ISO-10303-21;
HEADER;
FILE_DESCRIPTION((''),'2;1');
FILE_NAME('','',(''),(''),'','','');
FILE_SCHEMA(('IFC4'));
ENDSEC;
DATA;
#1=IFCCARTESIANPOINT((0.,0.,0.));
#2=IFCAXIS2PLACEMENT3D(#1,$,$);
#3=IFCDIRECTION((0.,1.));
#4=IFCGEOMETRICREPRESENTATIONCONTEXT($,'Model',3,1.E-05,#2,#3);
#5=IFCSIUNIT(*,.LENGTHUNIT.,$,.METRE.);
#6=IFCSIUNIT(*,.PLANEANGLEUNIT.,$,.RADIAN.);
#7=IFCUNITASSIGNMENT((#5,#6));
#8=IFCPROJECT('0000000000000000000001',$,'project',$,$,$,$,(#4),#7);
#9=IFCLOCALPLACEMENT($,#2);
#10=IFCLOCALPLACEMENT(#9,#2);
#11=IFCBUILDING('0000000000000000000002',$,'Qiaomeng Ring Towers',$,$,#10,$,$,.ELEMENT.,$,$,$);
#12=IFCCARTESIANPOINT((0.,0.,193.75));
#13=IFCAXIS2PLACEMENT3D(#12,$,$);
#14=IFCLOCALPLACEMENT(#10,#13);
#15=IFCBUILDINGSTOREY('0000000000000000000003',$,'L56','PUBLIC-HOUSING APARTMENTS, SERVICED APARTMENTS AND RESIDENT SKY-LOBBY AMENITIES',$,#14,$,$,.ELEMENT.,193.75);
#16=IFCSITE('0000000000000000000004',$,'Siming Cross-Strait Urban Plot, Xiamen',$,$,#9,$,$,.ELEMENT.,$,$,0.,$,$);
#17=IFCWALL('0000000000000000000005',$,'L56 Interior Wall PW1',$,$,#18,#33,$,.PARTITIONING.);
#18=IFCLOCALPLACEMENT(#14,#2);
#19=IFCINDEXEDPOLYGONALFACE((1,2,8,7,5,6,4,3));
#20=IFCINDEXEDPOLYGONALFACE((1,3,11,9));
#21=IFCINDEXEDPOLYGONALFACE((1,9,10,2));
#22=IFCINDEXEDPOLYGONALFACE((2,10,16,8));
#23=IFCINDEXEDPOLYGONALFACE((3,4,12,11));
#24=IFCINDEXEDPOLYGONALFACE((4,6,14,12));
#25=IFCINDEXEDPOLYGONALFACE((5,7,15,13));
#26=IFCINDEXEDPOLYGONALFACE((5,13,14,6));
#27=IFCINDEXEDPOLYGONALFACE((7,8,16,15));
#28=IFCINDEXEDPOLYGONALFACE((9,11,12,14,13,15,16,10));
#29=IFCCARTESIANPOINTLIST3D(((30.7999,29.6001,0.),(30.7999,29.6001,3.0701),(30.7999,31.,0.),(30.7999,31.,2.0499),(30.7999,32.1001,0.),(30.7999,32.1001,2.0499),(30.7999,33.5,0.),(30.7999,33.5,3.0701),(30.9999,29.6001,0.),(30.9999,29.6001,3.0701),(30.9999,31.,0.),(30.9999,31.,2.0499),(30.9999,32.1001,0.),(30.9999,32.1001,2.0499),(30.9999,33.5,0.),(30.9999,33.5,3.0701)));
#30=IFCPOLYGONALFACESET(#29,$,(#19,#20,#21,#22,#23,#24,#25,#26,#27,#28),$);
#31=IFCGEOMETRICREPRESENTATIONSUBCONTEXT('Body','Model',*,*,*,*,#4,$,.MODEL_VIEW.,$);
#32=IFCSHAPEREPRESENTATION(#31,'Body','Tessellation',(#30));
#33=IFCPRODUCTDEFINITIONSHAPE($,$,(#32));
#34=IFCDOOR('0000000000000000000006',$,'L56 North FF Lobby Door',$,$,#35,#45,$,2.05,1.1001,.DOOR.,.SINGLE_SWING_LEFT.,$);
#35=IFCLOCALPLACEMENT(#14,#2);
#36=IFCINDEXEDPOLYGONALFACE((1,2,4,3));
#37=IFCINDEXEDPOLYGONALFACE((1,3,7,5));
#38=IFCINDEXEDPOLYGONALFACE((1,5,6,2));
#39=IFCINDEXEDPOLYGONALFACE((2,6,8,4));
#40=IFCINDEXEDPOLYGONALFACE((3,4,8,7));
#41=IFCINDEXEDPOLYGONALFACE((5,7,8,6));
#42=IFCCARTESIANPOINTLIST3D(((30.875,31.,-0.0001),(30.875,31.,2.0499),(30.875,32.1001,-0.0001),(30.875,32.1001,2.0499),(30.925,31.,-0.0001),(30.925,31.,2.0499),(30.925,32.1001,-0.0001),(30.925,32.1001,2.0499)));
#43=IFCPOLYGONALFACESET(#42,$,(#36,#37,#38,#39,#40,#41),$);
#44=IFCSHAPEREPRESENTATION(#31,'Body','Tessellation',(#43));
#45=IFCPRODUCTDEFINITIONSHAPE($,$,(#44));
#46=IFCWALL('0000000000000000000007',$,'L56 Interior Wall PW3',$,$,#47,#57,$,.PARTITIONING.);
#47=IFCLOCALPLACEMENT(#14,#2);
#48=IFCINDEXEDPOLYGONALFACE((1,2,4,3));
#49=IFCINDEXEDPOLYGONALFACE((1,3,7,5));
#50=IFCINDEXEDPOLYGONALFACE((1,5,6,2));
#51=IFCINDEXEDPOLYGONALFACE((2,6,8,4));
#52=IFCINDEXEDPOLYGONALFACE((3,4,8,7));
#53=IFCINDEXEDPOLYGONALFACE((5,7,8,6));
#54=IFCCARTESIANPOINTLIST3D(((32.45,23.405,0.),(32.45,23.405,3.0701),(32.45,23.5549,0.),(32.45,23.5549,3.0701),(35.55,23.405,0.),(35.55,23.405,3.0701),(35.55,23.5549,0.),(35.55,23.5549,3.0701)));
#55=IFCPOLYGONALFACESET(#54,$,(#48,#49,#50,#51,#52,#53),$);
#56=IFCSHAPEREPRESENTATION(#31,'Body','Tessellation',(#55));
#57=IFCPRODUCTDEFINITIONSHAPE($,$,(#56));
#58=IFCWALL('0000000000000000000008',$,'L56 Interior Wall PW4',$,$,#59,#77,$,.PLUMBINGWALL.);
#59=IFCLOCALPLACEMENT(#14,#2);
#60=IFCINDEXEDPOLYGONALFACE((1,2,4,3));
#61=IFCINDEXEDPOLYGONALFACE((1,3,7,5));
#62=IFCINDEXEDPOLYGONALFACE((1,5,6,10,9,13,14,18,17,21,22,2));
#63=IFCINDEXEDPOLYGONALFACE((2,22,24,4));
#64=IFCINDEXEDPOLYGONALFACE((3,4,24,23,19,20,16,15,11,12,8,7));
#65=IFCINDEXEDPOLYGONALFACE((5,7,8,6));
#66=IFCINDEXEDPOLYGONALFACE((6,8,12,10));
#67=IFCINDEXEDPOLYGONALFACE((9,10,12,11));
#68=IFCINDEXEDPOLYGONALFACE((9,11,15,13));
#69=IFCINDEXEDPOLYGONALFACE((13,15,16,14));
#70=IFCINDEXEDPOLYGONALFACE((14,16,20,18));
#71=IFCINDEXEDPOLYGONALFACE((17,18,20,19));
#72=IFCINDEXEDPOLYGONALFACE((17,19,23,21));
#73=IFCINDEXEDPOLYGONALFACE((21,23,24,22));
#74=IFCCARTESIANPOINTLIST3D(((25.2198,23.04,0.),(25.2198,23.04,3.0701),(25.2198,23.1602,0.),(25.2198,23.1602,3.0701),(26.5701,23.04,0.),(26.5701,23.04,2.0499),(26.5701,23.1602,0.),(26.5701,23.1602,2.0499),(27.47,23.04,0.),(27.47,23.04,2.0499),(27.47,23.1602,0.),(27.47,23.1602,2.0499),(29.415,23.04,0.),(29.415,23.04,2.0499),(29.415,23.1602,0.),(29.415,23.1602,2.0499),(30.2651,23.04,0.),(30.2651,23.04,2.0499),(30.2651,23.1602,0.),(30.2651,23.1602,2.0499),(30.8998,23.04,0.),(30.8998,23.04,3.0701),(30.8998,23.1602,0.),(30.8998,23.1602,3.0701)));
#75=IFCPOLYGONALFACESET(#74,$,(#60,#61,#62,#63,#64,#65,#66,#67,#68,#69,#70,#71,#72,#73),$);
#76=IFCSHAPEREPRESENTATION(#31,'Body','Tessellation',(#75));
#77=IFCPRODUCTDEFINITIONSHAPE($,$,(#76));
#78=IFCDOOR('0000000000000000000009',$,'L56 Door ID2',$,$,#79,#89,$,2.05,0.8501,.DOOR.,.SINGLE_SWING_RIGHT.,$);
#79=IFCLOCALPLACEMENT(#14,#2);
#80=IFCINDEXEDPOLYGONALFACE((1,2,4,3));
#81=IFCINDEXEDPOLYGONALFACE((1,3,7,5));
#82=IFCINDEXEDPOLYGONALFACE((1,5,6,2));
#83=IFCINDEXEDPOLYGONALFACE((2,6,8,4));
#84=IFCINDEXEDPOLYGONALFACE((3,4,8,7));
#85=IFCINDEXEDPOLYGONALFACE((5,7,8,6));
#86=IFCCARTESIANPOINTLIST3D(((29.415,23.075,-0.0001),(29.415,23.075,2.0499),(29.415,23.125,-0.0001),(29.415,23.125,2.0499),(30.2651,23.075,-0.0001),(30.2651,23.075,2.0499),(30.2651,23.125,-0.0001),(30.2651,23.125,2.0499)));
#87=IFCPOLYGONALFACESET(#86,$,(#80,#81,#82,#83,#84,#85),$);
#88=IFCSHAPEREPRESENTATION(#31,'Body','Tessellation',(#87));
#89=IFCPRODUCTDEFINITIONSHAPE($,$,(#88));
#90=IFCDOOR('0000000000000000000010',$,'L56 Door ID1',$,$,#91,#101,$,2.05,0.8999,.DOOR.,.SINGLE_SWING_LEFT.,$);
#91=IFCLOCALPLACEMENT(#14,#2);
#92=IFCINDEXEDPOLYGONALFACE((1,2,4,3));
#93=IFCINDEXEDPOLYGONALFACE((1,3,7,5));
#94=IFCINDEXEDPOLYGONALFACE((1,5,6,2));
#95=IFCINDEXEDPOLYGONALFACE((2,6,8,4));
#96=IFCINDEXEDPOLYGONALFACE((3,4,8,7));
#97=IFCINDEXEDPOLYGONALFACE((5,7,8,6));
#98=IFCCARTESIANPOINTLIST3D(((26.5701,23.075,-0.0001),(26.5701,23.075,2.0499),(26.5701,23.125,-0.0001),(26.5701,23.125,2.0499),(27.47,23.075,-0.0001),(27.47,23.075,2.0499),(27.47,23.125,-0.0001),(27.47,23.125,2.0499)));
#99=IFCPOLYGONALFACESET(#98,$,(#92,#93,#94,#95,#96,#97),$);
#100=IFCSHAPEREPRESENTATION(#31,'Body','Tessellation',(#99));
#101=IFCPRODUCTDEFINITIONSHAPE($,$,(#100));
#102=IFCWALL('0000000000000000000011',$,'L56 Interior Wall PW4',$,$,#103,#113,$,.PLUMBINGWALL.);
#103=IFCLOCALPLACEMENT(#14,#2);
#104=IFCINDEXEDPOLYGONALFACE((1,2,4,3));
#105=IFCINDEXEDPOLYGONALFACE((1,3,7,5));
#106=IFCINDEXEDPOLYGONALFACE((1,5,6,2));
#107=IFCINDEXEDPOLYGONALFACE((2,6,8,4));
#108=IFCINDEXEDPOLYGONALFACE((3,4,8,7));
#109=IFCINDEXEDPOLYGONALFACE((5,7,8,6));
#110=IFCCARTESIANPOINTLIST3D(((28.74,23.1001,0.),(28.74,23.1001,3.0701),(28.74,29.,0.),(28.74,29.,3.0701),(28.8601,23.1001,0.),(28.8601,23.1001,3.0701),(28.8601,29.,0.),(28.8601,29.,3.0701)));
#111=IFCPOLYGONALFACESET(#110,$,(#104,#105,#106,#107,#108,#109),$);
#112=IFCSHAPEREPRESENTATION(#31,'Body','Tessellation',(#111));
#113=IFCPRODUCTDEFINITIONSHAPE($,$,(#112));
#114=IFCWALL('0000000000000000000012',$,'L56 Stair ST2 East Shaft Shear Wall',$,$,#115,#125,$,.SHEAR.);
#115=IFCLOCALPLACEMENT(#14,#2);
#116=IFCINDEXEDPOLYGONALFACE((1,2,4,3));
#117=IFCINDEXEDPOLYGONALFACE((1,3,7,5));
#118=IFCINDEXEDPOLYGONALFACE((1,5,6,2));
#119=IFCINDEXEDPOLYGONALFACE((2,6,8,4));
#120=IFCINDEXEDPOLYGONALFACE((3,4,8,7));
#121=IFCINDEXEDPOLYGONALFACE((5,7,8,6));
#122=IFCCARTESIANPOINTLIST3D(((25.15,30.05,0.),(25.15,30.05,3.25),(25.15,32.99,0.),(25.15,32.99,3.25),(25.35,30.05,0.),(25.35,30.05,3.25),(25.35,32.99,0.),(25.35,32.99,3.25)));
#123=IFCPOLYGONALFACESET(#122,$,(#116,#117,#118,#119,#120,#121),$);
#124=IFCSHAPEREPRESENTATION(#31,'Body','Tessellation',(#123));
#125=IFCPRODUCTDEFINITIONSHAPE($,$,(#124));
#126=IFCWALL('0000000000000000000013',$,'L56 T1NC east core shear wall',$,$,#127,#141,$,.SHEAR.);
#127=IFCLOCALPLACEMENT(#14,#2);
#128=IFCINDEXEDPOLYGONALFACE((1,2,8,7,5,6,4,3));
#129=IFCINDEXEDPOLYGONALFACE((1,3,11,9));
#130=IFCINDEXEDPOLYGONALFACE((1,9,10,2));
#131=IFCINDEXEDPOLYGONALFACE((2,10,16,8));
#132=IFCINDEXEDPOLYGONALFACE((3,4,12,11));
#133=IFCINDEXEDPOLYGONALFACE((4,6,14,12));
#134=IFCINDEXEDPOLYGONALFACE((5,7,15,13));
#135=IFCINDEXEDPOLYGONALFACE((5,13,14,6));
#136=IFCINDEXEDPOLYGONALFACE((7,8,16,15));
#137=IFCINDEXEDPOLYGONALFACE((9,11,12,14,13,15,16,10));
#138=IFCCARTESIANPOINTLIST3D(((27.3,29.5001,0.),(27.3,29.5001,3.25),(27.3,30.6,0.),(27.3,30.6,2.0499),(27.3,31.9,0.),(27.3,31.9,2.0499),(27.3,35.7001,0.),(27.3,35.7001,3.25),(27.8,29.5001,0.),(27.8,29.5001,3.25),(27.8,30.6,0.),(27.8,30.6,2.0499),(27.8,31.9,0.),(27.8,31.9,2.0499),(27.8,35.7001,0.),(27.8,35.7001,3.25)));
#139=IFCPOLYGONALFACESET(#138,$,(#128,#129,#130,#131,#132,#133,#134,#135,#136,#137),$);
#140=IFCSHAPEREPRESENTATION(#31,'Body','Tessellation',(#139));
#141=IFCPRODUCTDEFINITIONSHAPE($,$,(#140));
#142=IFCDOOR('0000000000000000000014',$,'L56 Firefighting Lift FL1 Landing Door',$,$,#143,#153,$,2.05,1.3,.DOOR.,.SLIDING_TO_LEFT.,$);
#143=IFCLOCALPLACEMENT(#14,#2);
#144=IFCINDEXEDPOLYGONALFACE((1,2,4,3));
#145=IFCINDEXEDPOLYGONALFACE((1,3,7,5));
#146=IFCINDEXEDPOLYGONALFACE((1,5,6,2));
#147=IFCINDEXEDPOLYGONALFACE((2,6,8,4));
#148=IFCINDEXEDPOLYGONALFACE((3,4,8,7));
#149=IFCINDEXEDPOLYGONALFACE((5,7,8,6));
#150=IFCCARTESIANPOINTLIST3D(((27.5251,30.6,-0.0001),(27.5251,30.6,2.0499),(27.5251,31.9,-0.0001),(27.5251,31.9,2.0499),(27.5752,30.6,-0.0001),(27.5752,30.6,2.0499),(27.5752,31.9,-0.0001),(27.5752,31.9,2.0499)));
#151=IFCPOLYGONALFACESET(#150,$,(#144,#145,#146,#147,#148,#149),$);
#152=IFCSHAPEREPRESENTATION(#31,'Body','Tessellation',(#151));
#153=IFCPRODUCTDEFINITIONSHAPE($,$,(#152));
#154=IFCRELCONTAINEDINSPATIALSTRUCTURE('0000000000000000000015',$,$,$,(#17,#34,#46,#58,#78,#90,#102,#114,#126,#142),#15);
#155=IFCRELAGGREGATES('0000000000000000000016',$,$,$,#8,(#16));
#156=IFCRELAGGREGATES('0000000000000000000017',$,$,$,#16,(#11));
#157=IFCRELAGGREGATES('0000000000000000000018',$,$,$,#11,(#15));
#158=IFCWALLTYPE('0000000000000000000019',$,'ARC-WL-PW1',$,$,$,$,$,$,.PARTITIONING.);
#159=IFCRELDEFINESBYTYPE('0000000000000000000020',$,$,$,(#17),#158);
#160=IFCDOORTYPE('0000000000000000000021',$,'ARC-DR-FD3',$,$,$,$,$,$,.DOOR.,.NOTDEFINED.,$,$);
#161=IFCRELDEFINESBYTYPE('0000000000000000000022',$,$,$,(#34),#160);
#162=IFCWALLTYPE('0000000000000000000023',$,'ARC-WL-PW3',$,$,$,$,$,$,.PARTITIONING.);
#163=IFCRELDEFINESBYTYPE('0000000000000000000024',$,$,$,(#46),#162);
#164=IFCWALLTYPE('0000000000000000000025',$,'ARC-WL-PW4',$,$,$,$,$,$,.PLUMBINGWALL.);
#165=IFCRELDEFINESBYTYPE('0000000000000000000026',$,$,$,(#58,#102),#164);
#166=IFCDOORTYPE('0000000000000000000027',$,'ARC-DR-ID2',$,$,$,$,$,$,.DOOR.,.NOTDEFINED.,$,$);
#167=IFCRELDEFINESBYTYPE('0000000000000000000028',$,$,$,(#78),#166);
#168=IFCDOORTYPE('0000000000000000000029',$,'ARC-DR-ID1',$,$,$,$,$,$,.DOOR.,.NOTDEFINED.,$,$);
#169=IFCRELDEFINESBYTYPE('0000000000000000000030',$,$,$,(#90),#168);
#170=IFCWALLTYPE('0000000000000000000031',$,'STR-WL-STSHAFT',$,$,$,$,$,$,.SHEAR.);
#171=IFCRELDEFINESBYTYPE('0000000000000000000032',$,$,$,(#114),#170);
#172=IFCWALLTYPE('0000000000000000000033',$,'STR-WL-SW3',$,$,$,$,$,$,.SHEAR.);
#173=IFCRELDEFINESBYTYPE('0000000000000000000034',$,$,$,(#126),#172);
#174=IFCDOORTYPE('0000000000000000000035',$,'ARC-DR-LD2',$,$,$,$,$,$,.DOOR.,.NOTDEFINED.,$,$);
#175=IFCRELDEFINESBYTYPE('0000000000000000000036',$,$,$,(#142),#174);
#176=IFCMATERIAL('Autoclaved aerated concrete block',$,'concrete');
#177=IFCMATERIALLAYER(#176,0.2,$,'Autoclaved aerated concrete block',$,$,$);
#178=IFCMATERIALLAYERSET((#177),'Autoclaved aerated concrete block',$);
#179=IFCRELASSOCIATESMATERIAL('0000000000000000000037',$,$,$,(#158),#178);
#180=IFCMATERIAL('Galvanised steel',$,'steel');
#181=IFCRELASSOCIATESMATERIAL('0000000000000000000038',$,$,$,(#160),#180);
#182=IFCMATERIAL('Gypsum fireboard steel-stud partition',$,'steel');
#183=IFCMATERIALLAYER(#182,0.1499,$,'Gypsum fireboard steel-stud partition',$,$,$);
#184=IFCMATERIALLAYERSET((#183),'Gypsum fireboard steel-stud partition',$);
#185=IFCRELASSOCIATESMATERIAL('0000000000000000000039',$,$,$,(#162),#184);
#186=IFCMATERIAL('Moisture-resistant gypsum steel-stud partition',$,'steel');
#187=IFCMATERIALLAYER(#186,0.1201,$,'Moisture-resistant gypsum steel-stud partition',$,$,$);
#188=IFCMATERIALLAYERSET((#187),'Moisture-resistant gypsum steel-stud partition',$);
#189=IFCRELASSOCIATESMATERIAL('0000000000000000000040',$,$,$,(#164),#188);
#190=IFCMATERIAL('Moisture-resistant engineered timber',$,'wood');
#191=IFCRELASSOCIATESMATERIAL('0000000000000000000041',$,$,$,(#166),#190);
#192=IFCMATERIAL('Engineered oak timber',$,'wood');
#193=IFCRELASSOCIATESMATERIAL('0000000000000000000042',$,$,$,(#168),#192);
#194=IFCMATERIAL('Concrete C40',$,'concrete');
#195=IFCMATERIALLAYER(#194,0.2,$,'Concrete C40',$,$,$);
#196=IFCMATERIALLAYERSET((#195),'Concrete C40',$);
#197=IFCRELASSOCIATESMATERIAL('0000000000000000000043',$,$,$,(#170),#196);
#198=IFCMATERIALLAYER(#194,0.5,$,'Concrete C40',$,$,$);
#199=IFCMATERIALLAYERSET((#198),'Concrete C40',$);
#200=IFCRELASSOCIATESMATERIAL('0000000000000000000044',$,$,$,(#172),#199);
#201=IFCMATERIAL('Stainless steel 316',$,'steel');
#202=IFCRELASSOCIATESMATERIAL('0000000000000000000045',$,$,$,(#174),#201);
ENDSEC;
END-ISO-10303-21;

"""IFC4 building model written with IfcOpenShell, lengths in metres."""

from ifc_helpers import new_model, si_unit, direction, frame, frame_2d, origin, place, context, subcontext, project, spatial, rectangle, extrude, source, transform, mapped, material, layer, layer_set, type_object, element, fill, save


model = new_model("IFC4")

# Units and contexts
model_context = context("Model", 3, precision=1e-05, world=origin(), true_north=direction((0.0, 1.0)))
body_context = subcontext(model_context, "Body", "Model", "MODEL_VIEW")
ifc_project = project(units=[si_unit("LENGTHUNIT", "METRE"), si_unit("PLANEANGLEUNIT", "RADIAN")], contexts=[model_context])

# Site, building, storey
site_placement = place(None, origin())
site = spatial("IfcSite", under=ifc_project, at=site_placement, Name="Siming Cross-Strait Urban Plot, Xiamen", CompositionType="ELEMENT", RefElevation=0.0)
building_placement = place(site_placement, origin())
building = spatial("IfcBuilding", under=site, at=building_placement, Name="Qiaomeng Ring Towers", CompositionType="ELEMENT")
storey_placement = place(building_placement, frame((0.0, 0.0, 193.75)))
storey = spatial("IfcBuildingStorey", under=building, at=storey_placement, Name="L56", Description="PUBLIC-HOUSING APARTMENTS, SERVICED APARTMENTS AND RESIDENT SKY-LOBBY AMENITIES", CompositionType="ELEMENT", Elevation=193.75)

# Shared definitions
ifc_material_1 = material(Name="Concrete C40", Category="concrete")

# Shared definitions
ifc_material_2 = material(Name="Stainless steel 316", Category="steel")

# Shared definitions
ifc_material_3 = material(Name="Autoclaved aerated concrete block", Category="concrete")
ifc_layer_1 = layer(ifc_material_3, 0.2, Name="Autoclaved aerated concrete block")
ifc_layer_set_1 = layer_set([ifc_layer_1], Name="Autoclaved aerated concrete block")
wall_type_1 = type_object("IfcWallType", Name="ARC-WL-PW1", PredefinedType="PARTITIONING", material=ifc_layer_set_1)

# Wall, opening, door
wall_1_placement = place(storey_placement, frame((30.8999, 29.6001, 0.0), z_axis=(0.0, 0.0, 1.0), x_axis=(0.0, 1.0, 0.0)))
wall_1 = element("IfcWall", 1, at=wall_1_placement, inside=storey, type_object=wall_type_1, Name="L56 Interior Wall PW1", PredefinedType="PARTITIONING", context=body_context, shape_type="SweptSolid", body=[
    extrude(rectangle(XDim=3.8999, YDim=0.2, at=frame_2d((1.95, 0.0))), origin(), (0.0, 0.0, 1.0), 3.0701),
])
opening_1_placement = place(wall_1_placement, frame((1.3999, 0.0, 0.0)))
opening_1 = element("IfcOpeningElement", 2, at=opening_1_placement, cuts=wall_1, PredefinedType="OPENING", context=body_context, shape_type="SweptSolid", body=[
    extrude(rectangle(XDim=1.1001, YDim=2.05, at=frame_2d((0.55, 1.0249))), frame((0.0, 0.1099, 0.0), z_axis=(0.0, -1.0, 0.0), x_axis=(1.0, 0.0, 0.0)), (0.0, 0.0, 1.0), 0.22),
])
ifc_material_4 = material(Name="Galvanised steel", Category="steel")
door_type_1 = type_object("IfcDoorType", Name="ARC-DR-FD3", OperationType="NOTDEFINED", PredefinedType="DOOR", material=ifc_material_4)
shared_shape_1 = source(origin(), body_context, "Body", "SweptSolid", [
    extrude(rectangle(XDim=1.1001, YDim=2.05, at=frame_2d((0.55, 1.0249))), frame((0.0, 0.0249, 0.0), z_axis=(0.0, -1.0, 0.0), x_axis=(1.0, 0.0, 0.0)), (0.0, 0.0, 1.0), 0.05),
])
door_1_placement = place(opening_1_placement, origin())
door_1 = element("IfcDoor", 3, at=door_1_placement, inside=storey, type_object=door_type_1, Name="L56 North FF Lobby Door", OperationType="SINGLE_SWING_LEFT", OverallHeight=2.05, OverallWidth=1.1001, PredefinedType="DOOR", context=body_context, shape_type="MappedRepresentation", body=[
    mapped(shared_shape_1, transform((0.0, 0.0, 0.0), x_axis=(1.0, 0.0, 0.0), y_axis=(0.0, 1.0, 0.0), z_axis=(0.0, 0.0, 1.0), scale=1.0)),
])
fill(opening_1, door_1)

# Wall
ifc_material_5 = material(Name="Gypsum fireboard steel-stud partition", Category="steel")
ifc_layer_2 = layer(ifc_material_5, 0.1499, Name="Gypsum fireboard steel-stud partition")
ifc_layer_set_2 = layer_set([ifc_layer_2], Name="Gypsum fireboard steel-stud partition")
wall_type_2 = type_object("IfcWallType", Name="ARC-WL-PW3", PredefinedType="PARTITIONING", material=ifc_layer_set_2)
wall_2_placement = place(storey_placement, frame((32.45, 23.48, 0.0), z_axis=(0.0, 0.0, 1.0), x_axis=(1.0, 0.0, 0.0)))
element("IfcWall", 4, at=wall_2_placement, inside=storey, type_object=wall_type_2, Name="L56 Interior Wall PW3", PredefinedType="PARTITIONING", context=body_context, shape_type="SweptSolid", body=[
    extrude(rectangle(XDim=3.1001, YDim=0.1499, at=frame_2d((1.55, 0.0))), origin(), (0.0, 0.0, 1.0), 3.0701),
])

# Wall, openings, doors
ifc_material_6 = material(Name="Moisture-resistant gypsum steel-stud partition", Category="steel")
ifc_layer_3 = layer(ifc_material_6, 0.1201, Name="Moisture-resistant gypsum steel-stud partition")
ifc_layer_set_3 = layer_set([ifc_layer_3], Name="Moisture-resistant gypsum steel-stud partition")
wall_type_3 = type_object("IfcWallType", Name="ARC-WL-PW4", PredefinedType="PLUMBINGWALL", material=ifc_layer_set_3)
wall_3_placement = place(storey_placement, frame((25.22, 23.1001, 0.0), z_axis=(0.0, 0.0, 1.0), x_axis=(1.0, 0.0, 0.0)))
wall_3 = element("IfcWall", 5, at=wall_3_placement, inside=storey, type_object=wall_type_3, Name="L56 Interior Wall PW4", PredefinedType="PLUMBINGWALL", context=body_context, shape_type="SweptSolid", body=[
    extrude(rectangle(XDim=5.6799, YDim=0.1201, at=frame_2d((2.8398, 0.0))), origin(), (0.0, 0.0, 1.0), 3.0701),
])
opening_2_placement = place(wall_3_placement, frame((1.3501, 0.0, 0.0)))
opening_2 = element("IfcOpeningElement", 6, at=opening_2_placement, cuts=wall_3, PredefinedType="OPENING", context=body_context, shape_type="SweptSolid", body=[
    extrude(rectangle(XDim=0.8999, YDim=2.05, at=frame_2d((0.45, 1.0249))), frame((0.0, 0.0701, 0.0), z_axis=(0.0, -1.0, 0.0), x_axis=(1.0, 0.0, 0.0)), (0.0, 0.0, 1.0), 0.1401),
])
opening_3_placement = place(wall_3_placement, frame((4.1951, 0.0, 0.0)))
opening_3 = element("IfcOpeningElement", 7, at=opening_3_placement, cuts=wall_3, PredefinedType="OPENING", context=body_context, shape_type="SweptSolid", body=[
    extrude(rectangle(XDim=0.8501, YDim=2.05, at=frame_2d((0.425, 1.0249))), frame((0.0, 0.0701, 0.0), z_axis=(0.0, -1.0, 0.0), x_axis=(1.0, 0.0, 0.0)), (0.0, 0.0, 1.0), 0.1401),
])
ifc_material_7 = material(Name="Moisture-resistant engineered timber", Category="wood")
door_type_2 = type_object("IfcDoorType", Name="ARC-DR-ID2", OperationType="NOTDEFINED", PredefinedType="DOOR", material=ifc_material_7)
shared_shape_2 = source(origin(), body_context, "Body", "SweptSolid", [
    extrude(rectangle(XDim=0.8501, YDim=2.05, at=frame_2d((0.425, 1.0249))), frame((0.0, 0.0249, 0.0), z_axis=(0.0, -1.0, 0.0), x_axis=(1.0, 0.0, 0.0)), (0.0, 0.0, 1.0), 0.05),
])
door_2_placement = place(opening_3_placement, origin())
door_2 = element("IfcDoor", 8, at=door_2_placement, inside=storey, type_object=door_type_2, Name="L56 Door ID2", OperationType="SINGLE_SWING_RIGHT", OverallHeight=2.05, OverallWidth=0.8501, PredefinedType="DOOR", context=body_context, shape_type="MappedRepresentation", body=[
    mapped(shared_shape_2, transform((0.0, 0.0, 0.0), x_axis=(1.0, 0.0, 0.0), y_axis=(0.0, 1.0, 0.0), z_axis=(0.0, 0.0, 1.0), scale=1.0)),
])
fill(opening_3, door_2)
ifc_material_8 = material(Name="Engineered oak timber", Category="wood")
door_type_3 = type_object("IfcDoorType", Name="ARC-DR-ID1", OperationType="NOTDEFINED", PredefinedType="DOOR", material=ifc_material_8)
shared_shape_3 = source(origin(), body_context, "Body", "SweptSolid", [
    extrude(rectangle(XDim=0.8999, YDim=2.05, at=frame_2d((0.45, 1.0249))), frame((0.0, 0.0249, 0.0), z_axis=(0.0, -1.0, 0.0), x_axis=(1.0, 0.0, 0.0)), (0.0, 0.0, 1.0), 0.05),
])
door_3_placement = place(opening_2_placement, origin())
door_3 = element("IfcDoor", 9, at=door_3_placement, inside=storey, type_object=door_type_3, Name="L56 Door ID1", OperationType="SINGLE_SWING_LEFT", OverallHeight=2.05, OverallWidth=0.8999, PredefinedType="DOOR", context=body_context, shape_type="MappedRepresentation", body=[
    mapped(shared_shape_3, transform((0.0, 0.0, 0.0), x_axis=(1.0, 0.0, 0.0), y_axis=(0.0, 1.0, 0.0), z_axis=(0.0, 0.0, 1.0), scale=1.0)),
])
fill(opening_2, door_3)

# Walls
wall_4_placement = place(storey_placement, frame((28.8, 23.1001, 0.0), z_axis=(0.0, 0.0, 1.0), x_axis=(0.0, 1.0, 0.0)))
element("IfcWall", 10, at=wall_4_placement, inside=storey, type_object=wall_type_3, Name="L56 Interior Wall PW4", PredefinedType="PLUMBINGWALL", context=body_context, shape_type="SweptSolid", body=[
    extrude(rectangle(XDim=5.8999, YDim=0.1201, at=frame_2d((2.95, 0.0))), origin(), (0.0, 0.0, 1.0), 3.0701),
])
ifc_layer_4 = layer(ifc_material_1, 0.2, Name="Concrete C40")
ifc_layer_set_4 = layer_set([ifc_layer_4], Name="Concrete C40")
wall_type_4 = type_object("IfcWallType", Name="STR-WL-STSHAFT", PredefinedType="SHEAR", material=ifc_layer_set_4)
wall_5_placement = place(storey_placement, frame((25.25, 30.05, 0.0), z_axis=(0.0, 0.0, 1.0), x_axis=(0.0, 1.0, 0.0)))
element("IfcWall", 11, at=wall_5_placement, inside=storey, type_object=wall_type_4, Name="L56 Stair ST2 East Shaft Shear Wall", PredefinedType="SHEAR", context=body_context, shape_type="SweptSolid", body=[
    extrude(rectangle(XDim=2.9399, YDim=0.2, at=frame_2d((1.47, 0.0))), origin(), (0.0, 0.0, 1.0), 3.25),
])

# Wall, opening, door
ifc_layer_5 = layer(ifc_material_1, 0.5, Name="Concrete C40")
ifc_layer_set_5 = layer_set([ifc_layer_5], Name="Concrete C40")
wall_type_5 = type_object("IfcWallType", Name="STR-WL-SW3", PredefinedType="SHEAR", material=ifc_layer_set_5)
wall_6_placement = place(storey_placement, frame((27.55, 29.5, 0.0), z_axis=(0.0, 0.0, 1.0), x_axis=(0.0, 1.0, 0.0)))
wall_6 = element("IfcWall", 12, at=wall_6_placement, inside=storey, type_object=wall_type_5, Name="L56 T1NC east core shear wall", PredefinedType="SHEAR", context=body_context, shape_type="SweptSolid", body=[
    extrude(rectangle(XDim=6.2, YDim=0.5, at=frame_2d((3.1001, 0.0))), origin(), (0.0, 0.0, 1.0), 3.25),
])
opening_4_placement = place(wall_6_placement, frame((1.1001, 0.0, 0.0)))
opening_4 = element("IfcOpeningElement", 13, at=opening_4_placement, cuts=wall_6, PredefinedType="OPENING", context=body_context, shape_type="SweptSolid", body=[
    extrude(rectangle(XDim=1.3, YDim=2.05, at=frame_2d((0.6499, 1.0249))), frame((0.0, 0.26, 0.0), z_axis=(0.0, -1.0, 0.0), x_axis=(1.0, 0.0, 0.0)), (0.0, 0.0, 1.0), 0.52),
])
door_type_4 = type_object("IfcDoorType", Name="ARC-DR-LD2", OperationType="NOTDEFINED", PredefinedType="DOOR", material=ifc_material_2)
shared_shape_4 = source(origin(), body_context, "Body", "SweptSolid", [
    extrude(rectangle(XDim=1.3, YDim=2.05, at=frame_2d((0.6499, 1.0249))), frame((0.0, 0.0249, 0.0), z_axis=(0.0, -1.0, 0.0), x_axis=(1.0, 0.0, 0.0)), (0.0, 0.0, 1.0), 0.05),
])
door_4_placement = place(opening_4_placement, origin())
door_4 = element("IfcDoor", 14, at=door_4_placement, inside=storey, type_object=door_type_4, Name="L56 Firefighting Lift FL1 Landing Door", OperationType="SLIDING_TO_LEFT", OverallHeight=2.05, OverallWidth=1.3, PredefinedType="DOOR", context=body_context, shape_type="MappedRepresentation", body=[
    mapped(shared_shape_4, transform((0.0, 0.0, 0.0), x_axis=(1.0, 0.0, 0.0), y_axis=(0.0, 1.0, 0.0), z_axis=(0.0, 0.0, 1.0), scale=1.0)),
])
fill(opening_4, door_4)

save(model, "model.ifc")
